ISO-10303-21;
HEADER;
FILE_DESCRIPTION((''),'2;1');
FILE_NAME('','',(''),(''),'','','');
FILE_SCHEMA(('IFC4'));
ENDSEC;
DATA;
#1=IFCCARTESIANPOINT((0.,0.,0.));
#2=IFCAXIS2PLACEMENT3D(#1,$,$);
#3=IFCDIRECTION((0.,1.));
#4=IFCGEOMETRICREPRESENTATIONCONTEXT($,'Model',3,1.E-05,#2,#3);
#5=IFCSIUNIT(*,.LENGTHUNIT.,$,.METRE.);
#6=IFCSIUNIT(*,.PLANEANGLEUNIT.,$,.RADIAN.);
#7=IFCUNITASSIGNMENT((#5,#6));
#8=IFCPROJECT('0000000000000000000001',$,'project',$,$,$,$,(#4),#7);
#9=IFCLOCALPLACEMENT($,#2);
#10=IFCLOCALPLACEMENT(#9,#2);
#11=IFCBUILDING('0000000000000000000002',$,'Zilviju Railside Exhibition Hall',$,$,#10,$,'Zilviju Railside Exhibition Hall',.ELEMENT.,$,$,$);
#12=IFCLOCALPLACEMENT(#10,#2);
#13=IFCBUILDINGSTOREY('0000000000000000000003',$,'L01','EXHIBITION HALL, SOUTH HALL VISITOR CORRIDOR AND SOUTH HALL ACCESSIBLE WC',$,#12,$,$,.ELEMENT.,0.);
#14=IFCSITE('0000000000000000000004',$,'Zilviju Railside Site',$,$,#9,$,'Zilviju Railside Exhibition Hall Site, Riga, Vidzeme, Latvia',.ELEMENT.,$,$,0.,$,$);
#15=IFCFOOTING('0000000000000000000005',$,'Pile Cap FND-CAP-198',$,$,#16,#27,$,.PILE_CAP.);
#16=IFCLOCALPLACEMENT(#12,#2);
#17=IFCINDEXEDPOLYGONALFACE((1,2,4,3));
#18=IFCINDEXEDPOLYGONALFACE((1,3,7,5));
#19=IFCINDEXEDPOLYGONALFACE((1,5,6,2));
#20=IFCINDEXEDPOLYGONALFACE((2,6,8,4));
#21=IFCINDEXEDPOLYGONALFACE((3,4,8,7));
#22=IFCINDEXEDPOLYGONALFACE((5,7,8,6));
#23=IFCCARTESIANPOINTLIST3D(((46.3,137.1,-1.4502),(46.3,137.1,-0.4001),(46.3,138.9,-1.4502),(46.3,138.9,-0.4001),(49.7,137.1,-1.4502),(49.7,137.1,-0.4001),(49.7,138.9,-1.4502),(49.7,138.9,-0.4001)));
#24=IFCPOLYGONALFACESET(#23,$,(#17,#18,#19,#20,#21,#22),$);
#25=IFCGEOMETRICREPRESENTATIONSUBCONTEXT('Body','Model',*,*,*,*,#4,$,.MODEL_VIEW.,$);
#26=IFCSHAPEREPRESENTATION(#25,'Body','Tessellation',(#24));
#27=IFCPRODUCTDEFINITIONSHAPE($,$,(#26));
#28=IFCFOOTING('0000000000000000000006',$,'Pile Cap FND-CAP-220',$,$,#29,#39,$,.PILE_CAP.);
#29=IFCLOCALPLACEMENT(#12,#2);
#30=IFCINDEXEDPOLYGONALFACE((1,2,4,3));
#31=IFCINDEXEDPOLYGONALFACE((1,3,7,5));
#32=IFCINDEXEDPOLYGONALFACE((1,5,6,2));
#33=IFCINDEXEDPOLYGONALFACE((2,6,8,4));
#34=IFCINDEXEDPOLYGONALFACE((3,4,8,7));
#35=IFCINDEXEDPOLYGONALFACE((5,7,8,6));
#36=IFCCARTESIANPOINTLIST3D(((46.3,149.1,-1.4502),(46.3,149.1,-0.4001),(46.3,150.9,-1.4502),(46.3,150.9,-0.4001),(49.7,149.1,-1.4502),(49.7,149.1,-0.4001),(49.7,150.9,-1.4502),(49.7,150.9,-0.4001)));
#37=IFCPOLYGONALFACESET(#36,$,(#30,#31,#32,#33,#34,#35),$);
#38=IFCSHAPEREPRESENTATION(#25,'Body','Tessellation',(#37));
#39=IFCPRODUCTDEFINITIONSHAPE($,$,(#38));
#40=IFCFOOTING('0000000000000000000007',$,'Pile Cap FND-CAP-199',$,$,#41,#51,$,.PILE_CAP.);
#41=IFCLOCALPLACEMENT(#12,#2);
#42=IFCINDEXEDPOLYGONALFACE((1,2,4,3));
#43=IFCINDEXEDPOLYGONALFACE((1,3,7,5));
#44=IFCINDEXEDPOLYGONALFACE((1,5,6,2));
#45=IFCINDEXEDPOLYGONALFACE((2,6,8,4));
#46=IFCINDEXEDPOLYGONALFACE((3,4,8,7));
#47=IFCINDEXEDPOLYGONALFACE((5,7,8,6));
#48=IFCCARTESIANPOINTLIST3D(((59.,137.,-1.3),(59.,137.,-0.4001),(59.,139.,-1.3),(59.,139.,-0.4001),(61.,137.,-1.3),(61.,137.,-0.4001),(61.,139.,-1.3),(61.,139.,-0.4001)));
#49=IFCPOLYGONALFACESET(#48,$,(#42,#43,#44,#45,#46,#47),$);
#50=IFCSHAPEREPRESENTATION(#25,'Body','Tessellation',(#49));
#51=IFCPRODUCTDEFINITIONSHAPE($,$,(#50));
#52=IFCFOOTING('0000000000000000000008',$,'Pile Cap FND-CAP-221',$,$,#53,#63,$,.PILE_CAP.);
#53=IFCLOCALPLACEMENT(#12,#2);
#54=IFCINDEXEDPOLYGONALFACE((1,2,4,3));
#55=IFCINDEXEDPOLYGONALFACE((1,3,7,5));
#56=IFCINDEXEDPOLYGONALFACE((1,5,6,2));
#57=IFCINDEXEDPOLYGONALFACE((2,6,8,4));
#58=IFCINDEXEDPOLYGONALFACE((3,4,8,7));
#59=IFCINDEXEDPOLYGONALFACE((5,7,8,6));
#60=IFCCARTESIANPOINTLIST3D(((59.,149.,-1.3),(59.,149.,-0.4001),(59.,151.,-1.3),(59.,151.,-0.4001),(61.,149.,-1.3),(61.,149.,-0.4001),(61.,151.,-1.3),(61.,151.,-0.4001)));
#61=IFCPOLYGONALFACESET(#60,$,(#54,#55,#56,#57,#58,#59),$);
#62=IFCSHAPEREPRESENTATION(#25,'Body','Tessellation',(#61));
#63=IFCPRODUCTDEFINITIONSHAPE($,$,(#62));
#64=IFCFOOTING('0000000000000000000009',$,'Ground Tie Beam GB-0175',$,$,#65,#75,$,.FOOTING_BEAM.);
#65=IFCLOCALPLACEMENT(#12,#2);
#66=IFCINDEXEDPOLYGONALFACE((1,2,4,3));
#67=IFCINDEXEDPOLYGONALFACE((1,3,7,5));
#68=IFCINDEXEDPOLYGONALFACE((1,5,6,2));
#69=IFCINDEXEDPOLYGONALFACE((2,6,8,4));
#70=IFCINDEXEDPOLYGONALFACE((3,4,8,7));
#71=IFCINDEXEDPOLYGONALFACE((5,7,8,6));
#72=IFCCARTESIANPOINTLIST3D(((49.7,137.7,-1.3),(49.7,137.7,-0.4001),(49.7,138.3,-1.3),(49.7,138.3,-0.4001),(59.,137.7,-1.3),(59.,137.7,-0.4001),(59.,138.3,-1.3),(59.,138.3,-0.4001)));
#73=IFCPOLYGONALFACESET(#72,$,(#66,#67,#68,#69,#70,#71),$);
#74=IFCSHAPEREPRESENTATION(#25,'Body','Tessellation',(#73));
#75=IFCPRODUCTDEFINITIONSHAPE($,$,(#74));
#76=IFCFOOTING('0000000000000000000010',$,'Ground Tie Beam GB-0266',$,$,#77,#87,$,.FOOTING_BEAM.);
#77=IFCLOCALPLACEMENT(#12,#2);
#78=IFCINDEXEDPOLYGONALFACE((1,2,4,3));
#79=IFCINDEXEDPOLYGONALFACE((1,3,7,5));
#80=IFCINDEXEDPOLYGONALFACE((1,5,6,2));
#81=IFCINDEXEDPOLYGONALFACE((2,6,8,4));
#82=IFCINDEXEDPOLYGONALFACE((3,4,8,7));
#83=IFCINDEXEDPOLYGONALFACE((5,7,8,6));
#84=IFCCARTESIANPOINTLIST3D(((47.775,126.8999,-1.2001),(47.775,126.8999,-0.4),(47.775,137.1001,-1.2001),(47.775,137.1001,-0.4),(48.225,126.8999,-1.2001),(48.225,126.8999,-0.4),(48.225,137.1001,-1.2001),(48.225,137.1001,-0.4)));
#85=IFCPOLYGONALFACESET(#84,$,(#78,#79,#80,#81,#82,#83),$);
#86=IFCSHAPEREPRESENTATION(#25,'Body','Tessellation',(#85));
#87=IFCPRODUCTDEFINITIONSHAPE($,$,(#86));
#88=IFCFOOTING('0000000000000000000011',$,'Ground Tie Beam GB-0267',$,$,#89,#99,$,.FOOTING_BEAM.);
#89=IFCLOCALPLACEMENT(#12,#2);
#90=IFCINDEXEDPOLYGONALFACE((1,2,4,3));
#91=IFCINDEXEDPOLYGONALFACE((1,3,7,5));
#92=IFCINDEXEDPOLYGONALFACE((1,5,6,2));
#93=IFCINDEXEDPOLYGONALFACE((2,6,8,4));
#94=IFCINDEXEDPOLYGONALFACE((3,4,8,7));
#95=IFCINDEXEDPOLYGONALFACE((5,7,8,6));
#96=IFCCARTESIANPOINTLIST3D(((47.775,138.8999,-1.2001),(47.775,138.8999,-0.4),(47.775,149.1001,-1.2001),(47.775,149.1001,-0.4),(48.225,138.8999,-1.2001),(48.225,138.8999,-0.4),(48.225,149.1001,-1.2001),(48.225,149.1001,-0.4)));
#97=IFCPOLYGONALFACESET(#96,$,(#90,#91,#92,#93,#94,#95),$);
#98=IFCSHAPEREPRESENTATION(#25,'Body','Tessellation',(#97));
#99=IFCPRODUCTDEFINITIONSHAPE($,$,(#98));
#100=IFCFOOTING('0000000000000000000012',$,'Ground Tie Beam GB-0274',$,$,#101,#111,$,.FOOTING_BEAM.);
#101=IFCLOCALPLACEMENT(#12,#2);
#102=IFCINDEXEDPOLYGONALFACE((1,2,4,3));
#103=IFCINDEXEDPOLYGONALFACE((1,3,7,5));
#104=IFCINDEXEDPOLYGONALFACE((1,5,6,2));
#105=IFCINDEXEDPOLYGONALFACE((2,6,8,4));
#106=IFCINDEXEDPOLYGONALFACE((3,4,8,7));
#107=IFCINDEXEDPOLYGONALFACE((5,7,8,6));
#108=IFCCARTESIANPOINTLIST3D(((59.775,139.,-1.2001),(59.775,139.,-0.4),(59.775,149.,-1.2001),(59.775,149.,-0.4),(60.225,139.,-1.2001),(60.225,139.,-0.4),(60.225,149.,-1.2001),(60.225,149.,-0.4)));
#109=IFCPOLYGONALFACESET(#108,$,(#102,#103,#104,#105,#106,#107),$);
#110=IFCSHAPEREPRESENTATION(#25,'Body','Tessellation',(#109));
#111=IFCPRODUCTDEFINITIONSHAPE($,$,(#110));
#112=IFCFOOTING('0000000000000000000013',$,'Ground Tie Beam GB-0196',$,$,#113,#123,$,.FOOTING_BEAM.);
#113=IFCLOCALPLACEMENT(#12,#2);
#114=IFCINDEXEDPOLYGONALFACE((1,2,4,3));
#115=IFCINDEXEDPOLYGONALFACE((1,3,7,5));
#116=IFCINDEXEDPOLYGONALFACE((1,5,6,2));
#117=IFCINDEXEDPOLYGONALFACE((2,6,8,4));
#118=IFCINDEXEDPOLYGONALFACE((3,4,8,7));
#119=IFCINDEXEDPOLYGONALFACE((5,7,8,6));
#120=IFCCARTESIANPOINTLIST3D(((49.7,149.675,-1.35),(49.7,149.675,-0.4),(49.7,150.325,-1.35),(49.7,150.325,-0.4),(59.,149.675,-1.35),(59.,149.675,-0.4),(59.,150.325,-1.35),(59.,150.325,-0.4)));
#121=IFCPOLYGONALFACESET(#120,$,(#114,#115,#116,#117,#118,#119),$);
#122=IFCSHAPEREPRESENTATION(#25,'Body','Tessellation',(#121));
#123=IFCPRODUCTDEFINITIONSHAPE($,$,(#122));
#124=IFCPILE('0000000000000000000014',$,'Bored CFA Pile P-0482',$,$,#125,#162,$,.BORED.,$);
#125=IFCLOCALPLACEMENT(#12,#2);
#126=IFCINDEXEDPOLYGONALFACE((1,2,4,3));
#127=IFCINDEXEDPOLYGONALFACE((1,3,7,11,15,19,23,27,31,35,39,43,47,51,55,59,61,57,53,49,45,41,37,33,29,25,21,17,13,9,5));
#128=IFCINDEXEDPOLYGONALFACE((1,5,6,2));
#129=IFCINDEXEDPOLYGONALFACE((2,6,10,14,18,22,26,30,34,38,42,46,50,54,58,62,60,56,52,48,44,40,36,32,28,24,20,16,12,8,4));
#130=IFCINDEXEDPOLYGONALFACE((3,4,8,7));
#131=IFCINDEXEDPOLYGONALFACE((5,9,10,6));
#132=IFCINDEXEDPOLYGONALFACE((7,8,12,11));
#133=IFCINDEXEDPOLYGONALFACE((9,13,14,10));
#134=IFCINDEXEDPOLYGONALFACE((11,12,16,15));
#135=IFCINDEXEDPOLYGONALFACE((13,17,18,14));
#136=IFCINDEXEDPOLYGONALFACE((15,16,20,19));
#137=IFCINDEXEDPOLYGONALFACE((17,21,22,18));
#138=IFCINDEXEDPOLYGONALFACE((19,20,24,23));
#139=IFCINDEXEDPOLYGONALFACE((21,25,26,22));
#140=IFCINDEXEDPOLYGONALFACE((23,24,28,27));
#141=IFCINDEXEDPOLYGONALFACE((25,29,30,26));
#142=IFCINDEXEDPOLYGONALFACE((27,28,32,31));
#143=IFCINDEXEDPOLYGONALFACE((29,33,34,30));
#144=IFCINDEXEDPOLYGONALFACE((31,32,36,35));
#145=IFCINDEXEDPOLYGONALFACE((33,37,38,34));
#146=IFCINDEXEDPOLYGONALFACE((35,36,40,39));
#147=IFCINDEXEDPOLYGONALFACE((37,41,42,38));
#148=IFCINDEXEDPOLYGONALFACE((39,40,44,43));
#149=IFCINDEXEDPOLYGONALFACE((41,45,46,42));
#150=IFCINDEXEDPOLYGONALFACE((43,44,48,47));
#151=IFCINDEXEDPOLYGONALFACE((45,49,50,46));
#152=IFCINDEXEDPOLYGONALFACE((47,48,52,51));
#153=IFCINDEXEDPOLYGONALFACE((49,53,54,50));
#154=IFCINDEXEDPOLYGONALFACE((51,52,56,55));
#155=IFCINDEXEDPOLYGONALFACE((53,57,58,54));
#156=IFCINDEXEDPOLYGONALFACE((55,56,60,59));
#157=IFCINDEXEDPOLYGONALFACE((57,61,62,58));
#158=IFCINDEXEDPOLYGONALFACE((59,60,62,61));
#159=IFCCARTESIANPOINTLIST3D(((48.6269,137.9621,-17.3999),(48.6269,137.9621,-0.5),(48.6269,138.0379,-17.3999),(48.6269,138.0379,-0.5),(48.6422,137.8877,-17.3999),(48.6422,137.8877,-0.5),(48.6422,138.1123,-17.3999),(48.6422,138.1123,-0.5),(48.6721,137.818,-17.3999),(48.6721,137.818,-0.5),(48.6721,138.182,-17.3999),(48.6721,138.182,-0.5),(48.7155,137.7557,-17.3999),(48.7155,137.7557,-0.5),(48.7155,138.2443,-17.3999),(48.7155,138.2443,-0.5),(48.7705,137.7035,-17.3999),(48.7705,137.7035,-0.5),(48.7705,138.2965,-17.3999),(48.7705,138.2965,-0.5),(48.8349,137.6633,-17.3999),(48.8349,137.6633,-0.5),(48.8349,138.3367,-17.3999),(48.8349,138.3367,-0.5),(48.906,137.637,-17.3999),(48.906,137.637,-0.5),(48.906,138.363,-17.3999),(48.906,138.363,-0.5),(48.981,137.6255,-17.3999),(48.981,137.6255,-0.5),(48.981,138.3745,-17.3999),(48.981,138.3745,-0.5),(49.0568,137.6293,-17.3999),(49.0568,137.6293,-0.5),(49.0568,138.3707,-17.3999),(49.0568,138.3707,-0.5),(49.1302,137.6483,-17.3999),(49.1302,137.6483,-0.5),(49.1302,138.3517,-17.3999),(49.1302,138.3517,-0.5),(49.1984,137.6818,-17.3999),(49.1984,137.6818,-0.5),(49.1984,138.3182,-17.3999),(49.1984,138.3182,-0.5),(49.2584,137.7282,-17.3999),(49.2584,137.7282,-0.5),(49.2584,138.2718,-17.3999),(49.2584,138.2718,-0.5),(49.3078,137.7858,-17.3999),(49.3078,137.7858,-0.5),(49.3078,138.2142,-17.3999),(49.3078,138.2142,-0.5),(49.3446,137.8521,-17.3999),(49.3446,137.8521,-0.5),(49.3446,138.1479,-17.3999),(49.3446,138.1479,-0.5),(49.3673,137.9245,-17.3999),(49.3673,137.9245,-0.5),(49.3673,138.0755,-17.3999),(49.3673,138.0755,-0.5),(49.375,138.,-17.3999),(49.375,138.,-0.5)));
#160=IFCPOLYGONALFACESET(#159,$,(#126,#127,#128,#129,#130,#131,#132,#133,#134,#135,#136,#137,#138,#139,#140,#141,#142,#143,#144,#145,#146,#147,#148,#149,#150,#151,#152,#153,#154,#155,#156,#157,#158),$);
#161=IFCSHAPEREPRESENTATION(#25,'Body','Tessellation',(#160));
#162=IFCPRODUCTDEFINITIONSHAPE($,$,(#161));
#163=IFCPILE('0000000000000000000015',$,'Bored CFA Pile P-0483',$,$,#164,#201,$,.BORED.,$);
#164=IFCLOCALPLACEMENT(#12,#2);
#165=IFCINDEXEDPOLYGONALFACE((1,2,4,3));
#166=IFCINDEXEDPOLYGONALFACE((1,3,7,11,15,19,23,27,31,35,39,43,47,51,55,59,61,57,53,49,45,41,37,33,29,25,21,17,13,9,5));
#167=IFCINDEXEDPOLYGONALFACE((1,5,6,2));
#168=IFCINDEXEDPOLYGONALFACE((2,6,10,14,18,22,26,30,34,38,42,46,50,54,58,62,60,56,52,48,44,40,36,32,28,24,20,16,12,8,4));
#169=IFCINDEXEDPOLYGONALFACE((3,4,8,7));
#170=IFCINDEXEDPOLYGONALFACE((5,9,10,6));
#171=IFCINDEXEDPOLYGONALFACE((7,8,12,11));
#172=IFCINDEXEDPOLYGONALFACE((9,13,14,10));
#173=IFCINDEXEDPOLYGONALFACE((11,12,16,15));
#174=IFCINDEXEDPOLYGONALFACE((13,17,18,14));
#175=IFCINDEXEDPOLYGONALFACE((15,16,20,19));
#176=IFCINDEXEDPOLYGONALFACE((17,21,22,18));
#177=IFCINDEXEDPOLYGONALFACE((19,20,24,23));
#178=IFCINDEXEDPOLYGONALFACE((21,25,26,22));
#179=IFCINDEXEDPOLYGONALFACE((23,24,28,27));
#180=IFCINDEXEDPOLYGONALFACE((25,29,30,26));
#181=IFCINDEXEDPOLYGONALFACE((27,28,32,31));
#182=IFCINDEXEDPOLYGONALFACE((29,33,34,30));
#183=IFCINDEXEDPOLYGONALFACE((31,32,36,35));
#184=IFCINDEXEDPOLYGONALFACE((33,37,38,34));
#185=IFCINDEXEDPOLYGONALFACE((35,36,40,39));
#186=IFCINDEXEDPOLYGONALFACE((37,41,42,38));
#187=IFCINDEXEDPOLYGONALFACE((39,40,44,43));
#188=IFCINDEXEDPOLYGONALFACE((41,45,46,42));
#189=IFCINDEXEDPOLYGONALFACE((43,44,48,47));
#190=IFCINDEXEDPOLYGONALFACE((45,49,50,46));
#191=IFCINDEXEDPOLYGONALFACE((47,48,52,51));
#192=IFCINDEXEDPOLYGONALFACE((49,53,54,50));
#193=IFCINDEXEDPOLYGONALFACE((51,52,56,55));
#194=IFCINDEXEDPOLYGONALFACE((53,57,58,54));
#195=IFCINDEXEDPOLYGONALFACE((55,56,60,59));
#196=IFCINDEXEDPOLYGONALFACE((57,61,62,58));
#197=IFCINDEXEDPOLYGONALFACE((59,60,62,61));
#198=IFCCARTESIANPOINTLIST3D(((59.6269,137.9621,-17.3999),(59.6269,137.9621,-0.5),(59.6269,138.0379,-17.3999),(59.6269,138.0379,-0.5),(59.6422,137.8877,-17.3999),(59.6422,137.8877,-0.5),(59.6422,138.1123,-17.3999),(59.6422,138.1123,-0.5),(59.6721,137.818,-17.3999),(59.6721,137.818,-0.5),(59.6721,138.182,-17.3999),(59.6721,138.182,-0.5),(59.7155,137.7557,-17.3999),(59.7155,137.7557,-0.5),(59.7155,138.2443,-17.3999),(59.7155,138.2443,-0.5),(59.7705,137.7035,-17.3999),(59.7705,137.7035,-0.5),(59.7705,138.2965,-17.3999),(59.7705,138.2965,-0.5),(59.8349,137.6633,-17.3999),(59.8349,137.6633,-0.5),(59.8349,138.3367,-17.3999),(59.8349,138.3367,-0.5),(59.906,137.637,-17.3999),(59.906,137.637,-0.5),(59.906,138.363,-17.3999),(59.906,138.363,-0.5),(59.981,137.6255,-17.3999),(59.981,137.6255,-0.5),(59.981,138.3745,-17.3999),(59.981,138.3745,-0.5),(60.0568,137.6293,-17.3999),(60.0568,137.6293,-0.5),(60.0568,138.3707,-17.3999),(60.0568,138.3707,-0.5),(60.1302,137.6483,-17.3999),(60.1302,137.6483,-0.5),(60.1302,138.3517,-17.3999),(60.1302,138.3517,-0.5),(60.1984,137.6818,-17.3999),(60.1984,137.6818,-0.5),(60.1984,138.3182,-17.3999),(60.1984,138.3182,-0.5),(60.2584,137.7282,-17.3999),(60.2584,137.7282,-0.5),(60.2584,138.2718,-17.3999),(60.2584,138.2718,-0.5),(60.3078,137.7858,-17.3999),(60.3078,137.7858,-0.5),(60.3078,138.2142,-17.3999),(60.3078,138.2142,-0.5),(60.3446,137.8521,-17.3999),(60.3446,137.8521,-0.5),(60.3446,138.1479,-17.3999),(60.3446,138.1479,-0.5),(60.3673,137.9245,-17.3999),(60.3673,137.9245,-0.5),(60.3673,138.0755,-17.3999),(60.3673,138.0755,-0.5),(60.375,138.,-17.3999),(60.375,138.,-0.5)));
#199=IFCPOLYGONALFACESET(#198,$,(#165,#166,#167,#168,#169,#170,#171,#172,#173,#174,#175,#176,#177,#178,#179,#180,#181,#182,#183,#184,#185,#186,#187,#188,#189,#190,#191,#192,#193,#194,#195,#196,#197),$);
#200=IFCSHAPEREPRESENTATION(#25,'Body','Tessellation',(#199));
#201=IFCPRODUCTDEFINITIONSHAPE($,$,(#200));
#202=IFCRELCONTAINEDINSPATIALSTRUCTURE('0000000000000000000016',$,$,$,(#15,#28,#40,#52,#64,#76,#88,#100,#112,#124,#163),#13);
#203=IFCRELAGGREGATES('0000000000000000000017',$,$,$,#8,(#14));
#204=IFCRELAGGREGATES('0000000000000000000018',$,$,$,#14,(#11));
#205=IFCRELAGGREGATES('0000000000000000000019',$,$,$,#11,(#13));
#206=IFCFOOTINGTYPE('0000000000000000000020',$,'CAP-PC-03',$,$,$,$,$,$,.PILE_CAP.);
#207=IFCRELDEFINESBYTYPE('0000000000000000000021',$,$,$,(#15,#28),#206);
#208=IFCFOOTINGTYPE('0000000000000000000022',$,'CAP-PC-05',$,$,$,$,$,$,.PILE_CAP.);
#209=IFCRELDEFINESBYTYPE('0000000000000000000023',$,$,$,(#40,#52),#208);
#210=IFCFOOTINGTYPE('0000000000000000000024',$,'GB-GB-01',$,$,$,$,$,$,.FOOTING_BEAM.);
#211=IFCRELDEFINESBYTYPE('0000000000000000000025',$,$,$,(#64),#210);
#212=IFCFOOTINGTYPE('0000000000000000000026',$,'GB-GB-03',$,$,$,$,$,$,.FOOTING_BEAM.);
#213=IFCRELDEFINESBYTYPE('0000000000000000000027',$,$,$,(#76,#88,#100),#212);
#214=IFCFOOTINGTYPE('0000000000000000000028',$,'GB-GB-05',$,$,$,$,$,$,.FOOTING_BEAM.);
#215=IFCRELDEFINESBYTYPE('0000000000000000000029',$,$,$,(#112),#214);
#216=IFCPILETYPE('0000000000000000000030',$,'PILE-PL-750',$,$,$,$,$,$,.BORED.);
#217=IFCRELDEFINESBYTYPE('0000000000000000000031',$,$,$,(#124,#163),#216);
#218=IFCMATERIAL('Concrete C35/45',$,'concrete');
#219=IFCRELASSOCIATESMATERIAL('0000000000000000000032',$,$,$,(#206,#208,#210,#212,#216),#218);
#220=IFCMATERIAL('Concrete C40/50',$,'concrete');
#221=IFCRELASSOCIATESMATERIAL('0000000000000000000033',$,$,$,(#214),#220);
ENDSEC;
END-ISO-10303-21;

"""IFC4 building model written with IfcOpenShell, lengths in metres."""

from ifc_helpers import new_model, si_unit, direction, frame, origin, origin_2d, place, context, subcontext, project, spatial, rectangle, circle, extrude, material, material_profile, profile_set, type_object, element, save


model = new_model("IFC4")

# Units and contexts
model_context = context("Model", 3, precision=1e-05, world=origin(), true_north=direction((0.0, 1.0)))
body_context = subcontext(model_context, "Body", "Model", "MODEL_VIEW")
ifc_project = project(units=[si_unit("LENGTHUNIT", "METRE"), si_unit("PLANEANGLEUNIT", "RADIAN")], contexts=[model_context])

# Site, building, storey
site_placement = place(None, origin())
site = spatial("IfcSite", under=ifc_project, at=site_placement, Name="Zilviju Railside Site", LongName="Zilviju Railside Exhibition Hall Site, Riga, Vidzeme, Latvia", CompositionType="ELEMENT", RefElevation=0.0)
building_placement = place(site_placement, origin())
building = spatial("IfcBuilding", under=site, at=building_placement, Name="Zilviju Railside Exhibition Hall", LongName="Zilviju Railside Exhibition Hall", CompositionType="ELEMENT")
storey_placement = place(building_placement, origin())
storey = spatial("IfcBuildingStorey", under=building, at=storey_placement, Name="L01", Description="EXHIBITION HALL, SOUTH HALL VISITOR CORRIDOR AND SOUTH HALL ACCESSIBLE WC", CompositionType="ELEMENT", Elevation=0.0)

# Footings
ifc_material_1 = material(Name="Concrete C35/45", Category="concrete")
footing_type_1 = type_object("IfcFootingType", Name="CAP-PC-03", PredefinedType="PILE_CAP", material=ifc_material_1)
for number, where, z_axis, x_axis, name in (
    (1, (48.0, 138.0, -1.4502), (0.0, 0.0, 1.0), (1.0, 0.0, 0.0), "Pile Cap FND-CAP-198"),
    (2, (48.0, 150.0, -1.4502), (0.0, 0.0, 1.0), (1.0, 0.0, 0.0), "Pile Cap FND-CAP-220"),
):
    element("IfcFooting", number, at=place(storey_placement, frame(where, z_axis=z_axis, x_axis=x_axis)), inside=storey, type_object=footing_type_1, Name=name, PredefinedType="PILE_CAP", context=body_context, shape_type="SweptSolid", body=[
        extrude(rectangle(XDim=3.3999, YDim=1.8, at=origin_2d()), origin(), (0.0, 0.0, 1.0), 1.05),
    ])
footing_type_2 = type_object("IfcFootingType", Name="CAP-PC-05", PredefinedType="PILE_CAP", material=ifc_material_1)
for number, where, z_axis, x_axis, name in (
    (3, (60.0, 138.0, -1.3), (0.0, 0.0, 1.0), (1.0, 0.0, 0.0), "Pile Cap FND-CAP-199"),
    (4, (60.0, 150.0, -1.3), (0.0, 0.0, 1.0), (1.0, 0.0, 0.0), "Pile Cap FND-CAP-221"),
):
    element("IfcFooting", number, at=place(storey_placement, frame(where, z_axis=z_axis, x_axis=x_axis)), inside=storey, type_object=footing_type_2, Name=name, PredefinedType="PILE_CAP", context=body_context, shape_type="SweptSolid", body=[
        extrude(rectangle(XDim=2.0, YDim=2.0, at=origin_2d()), origin(), (0.0, 0.0, 1.0), 0.8999),
    ])
ifc_material_profile_1 = material_profile(ifc_material_1, rectangle(XDim=0.6001, YDim=0.8999, at=origin_2d()), Name="TIE BEAM 600x900")
ifc_profile_set_1 = profile_set([ifc_material_profile_1], Name="Concrete C35/45")
footing_type_3 = type_object("IfcFootingType", Name="GB-GB-01", PredefinedType="FOOTING_BEAM", material=ifc_profile_set_1)
footing_1_placement = place(storey_placement, frame((49.7, 138.0, -0.8501), z_axis=(1.0, 0.0, 0.0), x_axis=(0.0, 1.0, 0.0)))
element("IfcFooting", 5, at=footing_1_placement, inside=storey, type_object=footing_type_3, Name="Ground Tie Beam GB-0175", PredefinedType="FOOTING_BEAM", context=body_context, shape_type="SweptSolid", body=[
    extrude(rectangle(XDim=0.6001, YDim=0.8999, at=origin_2d()), origin(), (0.0, 0.0, 1.0), 9.3),
])
ifc_material_profile_2 = material_profile(ifc_material_1, rectangle(XDim=0.45, YDim=0.8, at=origin_2d()), Name="TIE BEAM 450x800")
ifc_profile_set_2 = profile_set([ifc_material_profile_2], Name="Concrete C35/45")
footing_type_4 = type_object("IfcFootingType", Name="GB-GB-03", PredefinedType="FOOTING_BEAM", material=ifc_profile_set_2)
for number, where, z_axis, x_axis, name in (
    (6, (48.0, 126.8999, -0.8), (0.0, 1.0, 0.0), (-1.0, 0.0, 0.0), "Ground Tie Beam GB-0266"),
    (7, (48.0, 138.8999, -0.8), (0.0, 1.0, 0.0), (-1.0, 0.0, 0.0), "Ground Tie Beam GB-0267"),
):
    element("IfcFooting", number, at=place(storey_placement, frame(where, z_axis=z_axis, x_axis=x_axis)), inside=storey, type_object=footing_type_4, Name=name, PredefinedType="FOOTING_BEAM", context=body_context, shape_type="SweptSolid", body=[
        extrude(rectangle(XDim=0.45, YDim=0.8, at=origin_2d()), origin(), (0.0, 0.0, 1.0), 10.2002),
    ])
footing_2_placement = place(storey_placement, frame((60.0, 139.0, -0.8), z_axis=(0.0, 1.0, 0.0), x_axis=(-1.0, 0.0, 0.0)))
element("IfcFooting", 8, at=footing_2_placement, inside=storey, type_object=footing_type_4, Name="Ground Tie Beam GB-0274", PredefinedType="FOOTING_BEAM", context=body_context, shape_type="SweptSolid", body=[
    extrude(rectangle(XDim=0.45, YDim=0.8, at=origin_2d()), origin(), (0.0, 0.0, 1.0), 10.0),
])
ifc_material_2 = material(Name="Concrete C40/50", Category="concrete")
ifc_material_profile_3 = material_profile(ifc_material_2, rectangle(XDim=0.6499, YDim=0.95, at=origin_2d()), Name="TIE BEAM 650x950")
ifc_profile_set_3 = profile_set([ifc_material_profile_3], Name="Concrete C40/50")
footing_type_5 = type_object("IfcFootingType", Name="GB-GB-05", PredefinedType="FOOTING_BEAM", material=ifc_profile_set_3)
footing_3_placement = place(storey_placement, frame((49.7, 150.0, -0.875), z_axis=(1.0, 0.0, 0.0), x_axis=(0.0, 1.0, 0.0)))
element("IfcFooting", 9, at=footing_3_placement, inside=storey, type_object=footing_type_5, Name="Ground Tie Beam GB-0196", PredefinedType="FOOTING_BEAM", context=body_context, shape_type="SweptSolid", body=[
    extrude(rectangle(XDim=0.6499, YDim=0.95, at=origin_2d()), origin(), (0.0, 0.0, 1.0), 9.3),
])

# Piles
ifc_material_profile_4 = material_profile(ifc_material_1, circle(Radius=0.375, at=origin_2d()), Name="CFA PILE D750")
ifc_profile_set_4 = profile_set([ifc_material_profile_4], Name="Concrete C35/45")
pile_type = type_object("IfcPileType", Name="PILE-PL-750", PredefinedType="BORED", material=ifc_profile_set_4)
for number, where, z_axis, x_axis, name in (
    (10, (49.0, 138.0, -0.5), (0.0, 0.0, -1.0), (1.0, 0.0, 0.0), "Bored CFA Pile P-0482"),
    (11, (60.0, 138.0, -0.5), (0.0, 0.0, -1.0), (1.0, 0.0, 0.0), "Bored CFA Pile P-0483"),
):
    element("IfcPile", number, at=place(storey_placement, frame(where, z_axis=z_axis, x_axis=x_axis)), inside=storey, type_object=pile_type, Name=name, PredefinedType="BORED", context=body_context, shape_type="SweptSolid", body=[
        extrude(circle(Radius=0.375, at=origin_2d()), origin(), (0.0, 0.0, 1.0), 16.8999),
    ])

save(model, "model.ifc")
